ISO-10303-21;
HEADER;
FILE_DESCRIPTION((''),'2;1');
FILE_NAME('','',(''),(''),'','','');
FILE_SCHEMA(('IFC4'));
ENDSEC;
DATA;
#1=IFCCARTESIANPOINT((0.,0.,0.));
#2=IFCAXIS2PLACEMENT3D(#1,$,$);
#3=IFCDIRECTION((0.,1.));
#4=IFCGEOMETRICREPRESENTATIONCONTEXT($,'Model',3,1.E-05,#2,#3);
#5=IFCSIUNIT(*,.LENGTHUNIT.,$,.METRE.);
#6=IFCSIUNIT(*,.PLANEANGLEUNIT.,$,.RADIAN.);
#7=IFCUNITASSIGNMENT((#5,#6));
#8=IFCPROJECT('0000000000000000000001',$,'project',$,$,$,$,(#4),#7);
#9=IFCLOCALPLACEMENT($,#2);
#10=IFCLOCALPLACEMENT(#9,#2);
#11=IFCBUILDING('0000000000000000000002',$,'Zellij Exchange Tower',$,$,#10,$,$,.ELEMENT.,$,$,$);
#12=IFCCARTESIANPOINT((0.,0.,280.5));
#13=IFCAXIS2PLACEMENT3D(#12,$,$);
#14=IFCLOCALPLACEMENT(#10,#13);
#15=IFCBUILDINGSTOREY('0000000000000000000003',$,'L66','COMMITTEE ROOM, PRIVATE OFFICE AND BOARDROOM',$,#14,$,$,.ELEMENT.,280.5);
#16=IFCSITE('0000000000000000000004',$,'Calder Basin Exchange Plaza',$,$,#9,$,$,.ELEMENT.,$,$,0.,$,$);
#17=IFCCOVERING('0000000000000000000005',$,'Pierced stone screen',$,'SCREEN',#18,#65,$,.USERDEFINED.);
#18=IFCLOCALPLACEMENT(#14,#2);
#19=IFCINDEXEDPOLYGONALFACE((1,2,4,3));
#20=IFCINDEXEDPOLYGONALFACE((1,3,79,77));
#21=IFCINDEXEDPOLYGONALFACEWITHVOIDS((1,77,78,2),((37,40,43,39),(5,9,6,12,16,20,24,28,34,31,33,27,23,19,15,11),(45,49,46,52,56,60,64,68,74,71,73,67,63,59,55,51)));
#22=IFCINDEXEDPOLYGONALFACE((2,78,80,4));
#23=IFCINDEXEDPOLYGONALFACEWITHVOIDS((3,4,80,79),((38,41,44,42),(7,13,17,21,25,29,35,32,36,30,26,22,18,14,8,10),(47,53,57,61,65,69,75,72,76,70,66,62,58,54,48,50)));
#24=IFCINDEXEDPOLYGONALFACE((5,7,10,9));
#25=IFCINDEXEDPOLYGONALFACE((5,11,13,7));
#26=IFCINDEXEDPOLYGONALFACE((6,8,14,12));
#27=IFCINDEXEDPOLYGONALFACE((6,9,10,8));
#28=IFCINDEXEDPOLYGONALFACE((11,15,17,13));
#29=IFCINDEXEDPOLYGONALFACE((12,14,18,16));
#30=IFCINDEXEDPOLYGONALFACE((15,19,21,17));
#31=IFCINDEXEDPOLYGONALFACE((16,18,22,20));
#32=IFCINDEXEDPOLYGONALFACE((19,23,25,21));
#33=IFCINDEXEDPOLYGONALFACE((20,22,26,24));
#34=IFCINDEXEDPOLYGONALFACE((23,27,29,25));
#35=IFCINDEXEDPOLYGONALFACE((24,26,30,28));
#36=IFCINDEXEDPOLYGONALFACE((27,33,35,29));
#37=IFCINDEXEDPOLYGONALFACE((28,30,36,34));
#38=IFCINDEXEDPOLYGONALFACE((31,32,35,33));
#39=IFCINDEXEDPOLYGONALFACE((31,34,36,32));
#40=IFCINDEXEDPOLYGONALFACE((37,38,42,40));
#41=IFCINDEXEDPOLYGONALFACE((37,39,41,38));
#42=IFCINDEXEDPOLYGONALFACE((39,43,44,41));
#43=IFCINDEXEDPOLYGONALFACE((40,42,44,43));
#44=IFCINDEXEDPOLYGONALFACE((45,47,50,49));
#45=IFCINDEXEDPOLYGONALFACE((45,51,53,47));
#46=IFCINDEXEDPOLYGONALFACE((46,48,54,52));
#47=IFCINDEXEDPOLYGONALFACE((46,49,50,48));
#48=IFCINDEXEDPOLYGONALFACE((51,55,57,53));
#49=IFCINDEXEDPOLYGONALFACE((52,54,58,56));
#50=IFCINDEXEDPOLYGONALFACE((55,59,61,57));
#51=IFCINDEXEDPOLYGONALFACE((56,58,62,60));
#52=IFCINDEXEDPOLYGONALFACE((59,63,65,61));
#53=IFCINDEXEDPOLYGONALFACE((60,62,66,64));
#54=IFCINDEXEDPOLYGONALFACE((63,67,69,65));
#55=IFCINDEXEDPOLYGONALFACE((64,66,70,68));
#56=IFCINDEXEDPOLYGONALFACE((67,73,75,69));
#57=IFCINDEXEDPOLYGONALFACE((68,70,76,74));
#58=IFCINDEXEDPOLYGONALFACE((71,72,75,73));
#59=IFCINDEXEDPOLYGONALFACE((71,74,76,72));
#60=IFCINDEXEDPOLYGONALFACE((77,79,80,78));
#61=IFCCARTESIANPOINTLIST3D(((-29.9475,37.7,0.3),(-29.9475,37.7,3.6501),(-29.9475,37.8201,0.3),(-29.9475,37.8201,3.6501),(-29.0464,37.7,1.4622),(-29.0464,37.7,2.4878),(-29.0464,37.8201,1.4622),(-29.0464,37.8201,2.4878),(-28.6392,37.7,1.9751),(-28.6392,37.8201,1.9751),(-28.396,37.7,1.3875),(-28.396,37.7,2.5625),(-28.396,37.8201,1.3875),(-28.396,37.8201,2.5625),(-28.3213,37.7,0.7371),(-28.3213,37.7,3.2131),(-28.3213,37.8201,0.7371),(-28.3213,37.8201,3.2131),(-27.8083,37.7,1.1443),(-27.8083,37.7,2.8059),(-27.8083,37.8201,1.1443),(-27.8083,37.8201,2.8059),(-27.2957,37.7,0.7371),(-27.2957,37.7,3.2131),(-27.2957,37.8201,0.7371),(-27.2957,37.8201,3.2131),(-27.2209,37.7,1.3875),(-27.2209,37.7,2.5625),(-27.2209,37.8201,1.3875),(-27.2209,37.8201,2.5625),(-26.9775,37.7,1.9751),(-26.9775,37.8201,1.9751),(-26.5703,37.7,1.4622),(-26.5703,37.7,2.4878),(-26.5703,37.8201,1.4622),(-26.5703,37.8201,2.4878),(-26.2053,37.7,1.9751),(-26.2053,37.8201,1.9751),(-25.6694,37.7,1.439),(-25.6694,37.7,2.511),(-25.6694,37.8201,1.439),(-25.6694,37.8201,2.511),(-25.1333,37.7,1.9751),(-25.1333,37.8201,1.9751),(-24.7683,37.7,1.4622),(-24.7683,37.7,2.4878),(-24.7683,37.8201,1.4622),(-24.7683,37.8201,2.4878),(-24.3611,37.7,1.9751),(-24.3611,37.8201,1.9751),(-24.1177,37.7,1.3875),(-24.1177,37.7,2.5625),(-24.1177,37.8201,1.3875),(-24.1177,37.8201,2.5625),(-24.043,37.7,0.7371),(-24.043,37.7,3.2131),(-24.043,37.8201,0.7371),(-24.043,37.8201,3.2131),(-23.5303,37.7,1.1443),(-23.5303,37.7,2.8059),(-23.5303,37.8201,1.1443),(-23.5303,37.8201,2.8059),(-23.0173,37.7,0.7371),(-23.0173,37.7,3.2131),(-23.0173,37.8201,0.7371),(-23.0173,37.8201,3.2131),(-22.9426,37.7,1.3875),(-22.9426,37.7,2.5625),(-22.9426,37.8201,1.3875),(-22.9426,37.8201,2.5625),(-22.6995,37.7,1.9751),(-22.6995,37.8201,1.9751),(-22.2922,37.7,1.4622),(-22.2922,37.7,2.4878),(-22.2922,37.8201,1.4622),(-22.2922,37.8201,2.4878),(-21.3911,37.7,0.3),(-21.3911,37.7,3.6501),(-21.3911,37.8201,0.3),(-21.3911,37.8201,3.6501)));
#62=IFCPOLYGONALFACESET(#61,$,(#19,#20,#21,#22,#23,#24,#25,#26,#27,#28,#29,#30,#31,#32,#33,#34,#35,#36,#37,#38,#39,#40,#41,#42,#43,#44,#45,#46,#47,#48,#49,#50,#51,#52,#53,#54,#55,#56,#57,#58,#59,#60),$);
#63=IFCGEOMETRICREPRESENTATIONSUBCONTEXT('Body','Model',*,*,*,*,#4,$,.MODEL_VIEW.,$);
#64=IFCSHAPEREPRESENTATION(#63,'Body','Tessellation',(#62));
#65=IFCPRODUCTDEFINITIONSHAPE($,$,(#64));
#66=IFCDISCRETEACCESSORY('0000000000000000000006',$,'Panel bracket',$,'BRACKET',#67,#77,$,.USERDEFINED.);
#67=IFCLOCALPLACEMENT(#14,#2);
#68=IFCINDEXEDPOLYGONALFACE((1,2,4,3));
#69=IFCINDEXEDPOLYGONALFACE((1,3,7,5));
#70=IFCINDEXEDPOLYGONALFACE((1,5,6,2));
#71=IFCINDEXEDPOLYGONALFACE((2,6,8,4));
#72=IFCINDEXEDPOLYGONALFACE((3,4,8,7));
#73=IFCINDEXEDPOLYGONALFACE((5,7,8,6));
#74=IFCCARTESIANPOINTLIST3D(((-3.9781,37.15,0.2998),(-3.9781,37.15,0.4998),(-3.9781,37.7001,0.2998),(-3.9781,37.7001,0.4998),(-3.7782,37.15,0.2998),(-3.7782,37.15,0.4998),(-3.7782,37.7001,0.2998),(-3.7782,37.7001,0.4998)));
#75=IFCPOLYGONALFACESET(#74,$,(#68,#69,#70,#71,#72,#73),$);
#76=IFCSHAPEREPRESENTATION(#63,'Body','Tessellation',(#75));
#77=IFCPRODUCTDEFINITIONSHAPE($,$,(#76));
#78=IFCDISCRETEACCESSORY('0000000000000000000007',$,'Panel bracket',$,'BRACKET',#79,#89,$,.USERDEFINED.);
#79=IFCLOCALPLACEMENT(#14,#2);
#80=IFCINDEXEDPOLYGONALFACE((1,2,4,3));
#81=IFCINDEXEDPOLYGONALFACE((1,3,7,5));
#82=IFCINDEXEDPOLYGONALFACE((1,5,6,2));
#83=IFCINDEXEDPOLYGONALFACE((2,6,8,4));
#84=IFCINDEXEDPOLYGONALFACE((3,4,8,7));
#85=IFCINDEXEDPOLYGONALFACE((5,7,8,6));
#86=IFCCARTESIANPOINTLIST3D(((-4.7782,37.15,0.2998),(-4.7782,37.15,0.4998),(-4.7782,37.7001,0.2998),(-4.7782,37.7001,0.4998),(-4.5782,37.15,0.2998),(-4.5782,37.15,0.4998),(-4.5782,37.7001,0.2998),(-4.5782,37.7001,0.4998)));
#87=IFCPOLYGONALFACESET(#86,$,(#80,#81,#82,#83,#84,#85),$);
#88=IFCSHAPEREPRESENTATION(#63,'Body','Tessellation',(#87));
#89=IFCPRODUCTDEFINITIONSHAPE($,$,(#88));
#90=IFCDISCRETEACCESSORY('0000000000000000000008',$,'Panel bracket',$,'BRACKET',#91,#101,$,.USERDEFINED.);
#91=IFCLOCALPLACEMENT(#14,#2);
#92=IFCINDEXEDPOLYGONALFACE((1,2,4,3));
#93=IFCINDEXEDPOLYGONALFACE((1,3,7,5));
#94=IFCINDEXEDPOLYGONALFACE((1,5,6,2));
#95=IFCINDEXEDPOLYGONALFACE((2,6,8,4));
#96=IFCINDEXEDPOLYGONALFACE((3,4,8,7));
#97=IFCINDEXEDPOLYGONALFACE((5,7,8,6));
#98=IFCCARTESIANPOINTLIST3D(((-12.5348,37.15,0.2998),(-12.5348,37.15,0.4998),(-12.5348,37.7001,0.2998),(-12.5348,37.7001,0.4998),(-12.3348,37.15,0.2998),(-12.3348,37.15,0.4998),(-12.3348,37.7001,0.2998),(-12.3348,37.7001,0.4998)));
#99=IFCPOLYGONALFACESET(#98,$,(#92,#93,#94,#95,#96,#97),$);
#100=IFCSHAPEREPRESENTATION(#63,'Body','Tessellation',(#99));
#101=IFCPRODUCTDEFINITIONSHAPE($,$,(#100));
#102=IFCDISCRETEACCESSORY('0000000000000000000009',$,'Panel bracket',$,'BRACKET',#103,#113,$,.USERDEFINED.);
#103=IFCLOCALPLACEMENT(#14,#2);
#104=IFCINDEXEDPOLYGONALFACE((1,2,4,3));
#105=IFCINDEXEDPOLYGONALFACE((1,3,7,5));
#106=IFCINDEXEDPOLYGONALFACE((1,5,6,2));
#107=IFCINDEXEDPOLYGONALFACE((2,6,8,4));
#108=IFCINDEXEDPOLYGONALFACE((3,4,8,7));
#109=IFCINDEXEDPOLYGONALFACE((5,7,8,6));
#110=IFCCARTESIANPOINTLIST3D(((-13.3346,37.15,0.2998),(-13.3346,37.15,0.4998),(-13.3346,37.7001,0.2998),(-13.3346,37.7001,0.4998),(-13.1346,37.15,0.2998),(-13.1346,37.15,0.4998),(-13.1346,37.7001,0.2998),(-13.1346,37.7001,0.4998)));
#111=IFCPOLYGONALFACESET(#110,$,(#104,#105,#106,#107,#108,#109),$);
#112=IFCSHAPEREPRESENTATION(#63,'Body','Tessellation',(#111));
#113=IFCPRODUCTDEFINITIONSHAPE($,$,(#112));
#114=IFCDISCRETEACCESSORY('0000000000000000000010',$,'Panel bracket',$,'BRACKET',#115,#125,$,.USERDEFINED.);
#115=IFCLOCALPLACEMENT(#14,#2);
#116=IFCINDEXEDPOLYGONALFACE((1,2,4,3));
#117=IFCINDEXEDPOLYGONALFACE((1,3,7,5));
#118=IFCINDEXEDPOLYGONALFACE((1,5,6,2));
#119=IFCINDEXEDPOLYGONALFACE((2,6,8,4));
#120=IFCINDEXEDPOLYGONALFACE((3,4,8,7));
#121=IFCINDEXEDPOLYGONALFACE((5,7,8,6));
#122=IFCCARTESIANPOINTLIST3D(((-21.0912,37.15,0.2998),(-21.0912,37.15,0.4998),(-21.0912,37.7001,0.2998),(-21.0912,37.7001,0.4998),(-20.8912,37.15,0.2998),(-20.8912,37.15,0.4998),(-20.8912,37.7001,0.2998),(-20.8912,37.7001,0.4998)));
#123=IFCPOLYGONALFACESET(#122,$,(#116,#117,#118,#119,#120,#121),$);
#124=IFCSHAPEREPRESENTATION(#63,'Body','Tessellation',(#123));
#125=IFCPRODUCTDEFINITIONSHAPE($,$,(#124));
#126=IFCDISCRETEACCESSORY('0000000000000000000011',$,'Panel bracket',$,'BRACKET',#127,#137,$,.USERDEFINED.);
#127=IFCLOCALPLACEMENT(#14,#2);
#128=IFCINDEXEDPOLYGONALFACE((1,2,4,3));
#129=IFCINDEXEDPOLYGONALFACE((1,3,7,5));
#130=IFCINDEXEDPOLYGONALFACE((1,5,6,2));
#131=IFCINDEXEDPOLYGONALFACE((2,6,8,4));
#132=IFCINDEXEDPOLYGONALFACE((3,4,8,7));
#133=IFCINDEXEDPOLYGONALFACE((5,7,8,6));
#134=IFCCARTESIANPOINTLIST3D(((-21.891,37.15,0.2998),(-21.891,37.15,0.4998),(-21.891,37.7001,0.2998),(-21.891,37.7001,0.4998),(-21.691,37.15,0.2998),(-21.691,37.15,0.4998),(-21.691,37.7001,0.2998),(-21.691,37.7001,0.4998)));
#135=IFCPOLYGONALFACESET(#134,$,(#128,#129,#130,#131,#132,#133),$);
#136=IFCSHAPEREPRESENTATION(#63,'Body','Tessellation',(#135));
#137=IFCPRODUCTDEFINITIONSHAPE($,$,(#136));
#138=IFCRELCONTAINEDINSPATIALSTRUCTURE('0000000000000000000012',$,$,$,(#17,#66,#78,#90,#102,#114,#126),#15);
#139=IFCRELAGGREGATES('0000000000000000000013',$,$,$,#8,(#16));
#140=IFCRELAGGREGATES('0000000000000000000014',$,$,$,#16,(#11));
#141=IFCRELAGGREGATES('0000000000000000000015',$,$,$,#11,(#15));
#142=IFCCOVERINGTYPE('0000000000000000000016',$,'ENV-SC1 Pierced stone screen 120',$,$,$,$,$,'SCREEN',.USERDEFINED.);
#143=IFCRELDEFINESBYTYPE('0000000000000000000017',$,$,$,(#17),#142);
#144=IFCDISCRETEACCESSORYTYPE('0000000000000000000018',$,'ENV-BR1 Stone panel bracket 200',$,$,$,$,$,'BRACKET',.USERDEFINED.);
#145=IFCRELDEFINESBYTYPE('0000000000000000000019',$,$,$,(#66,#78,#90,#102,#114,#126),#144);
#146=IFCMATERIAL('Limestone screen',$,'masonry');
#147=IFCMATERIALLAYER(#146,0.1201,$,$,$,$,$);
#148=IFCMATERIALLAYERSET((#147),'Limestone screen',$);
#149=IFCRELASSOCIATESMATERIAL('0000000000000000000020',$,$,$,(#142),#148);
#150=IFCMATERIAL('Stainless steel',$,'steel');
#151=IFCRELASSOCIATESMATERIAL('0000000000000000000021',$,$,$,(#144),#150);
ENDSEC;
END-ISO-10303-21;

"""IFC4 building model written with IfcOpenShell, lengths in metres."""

from ifc_helpers import new_model, si_unit, direction, frame, origin, origin_2d, place, context, subcontext, project, spatial, polyline, rectangle, outline, extrude, material, layer, layer_set, type_object, element, save


model = new_model("IFC4")

# Units and contexts
model_context = context("Model", 3, precision=1e-05, world=origin(), true_north=direction((0.0, 1.0)))
body_context = subcontext(model_context, "Body", "Model", "MODEL_VIEW")
ifc_project = project(units=[si_unit("LENGTHUNIT", "METRE"), si_unit("PLANEANGLEUNIT", "RADIAN")], contexts=[model_context])

# Site, building, storey
site_placement = place(None, origin())
site = spatial("IfcSite", under=ifc_project, at=site_placement, Name="Calder Basin Exchange Plaza", CompositionType="ELEMENT", RefElevation=0.0)
building_placement = place(site_placement, origin())
building = spatial("IfcBuilding", under=site, at=building_placement, Name="Zellij Exchange Tower", CompositionType="ELEMENT")
storey_placement = place(building_placement, frame((0.0, 0.0, 280.5)))
storey = spatial("IfcBuildingStorey", under=building, at=storey_placement, Name="L66", Description="COMMITTEE ROOM, PRIVATE OFFICE AND BOARDROOM", CompositionType="ELEMENT", Elevation=280.5)

# Covering
ifc_material_1 = material(Name="Limestone screen", Category="masonry")
ifc_layer_1 = layer(ifc_material_1, 0.1201)
ifc_layer_set_1 = layer_set([ifc_layer_1], Name="Limestone screen")
covering_type = type_object("IfcCoveringType", Name="ENV-SC1 Pierced stone screen 120", ElementType="SCREEN", PredefinedType="USERDEFINED", material=ifc_layer_set_1)
for number, where, z_axis, x_axis, name in (
    (1, (-21.3911, 37.76, 0.3), (0.0, 0.0, 1.0), (-1.0, 0.0, 0.0), "Pierced stone screen"),
):
    element("IfcCovering", number, at=place(storey_placement, frame(where, z_axis=z_axis, x_axis=x_axis)), inside=storey, type_object=covering_type, Name=name, ObjectType="SCREEN", PredefinedType="USERDEFINED", context=body_context, shape_type="SweptSolid", body=[
        extrude(outline(polyline([(0.0, 0.0), (8.5564, 0.0), (8.5564, 3.3501), (0.0, 3.3501), (0.0, 0.0)]), holes=[polyline([(3.3772, 2.1877), (2.7266, 2.2625), (2.6519, 2.9131), (2.1392, 2.5059), (1.6262, 2.9131), (1.5515, 2.2625), (0.9011, 2.1877), (1.3083, 1.675), (0.9011, 1.1621), (1.5515, 1.0874), (1.6262, 0.437), (2.1392, 0.8442), (2.6519, 0.437), (2.7266, 1.0874), (3.3772, 1.1621), (2.97, 1.675), (3.3772, 2.1877)]), polyline([(7.6553, 2.1877), (7.0049, 2.2625), (6.9302, 2.9131), (6.4172, 2.5059), (5.9045, 2.9131), (5.8298, 2.2625), (5.1792, 2.1877), (5.5864, 1.675), (5.1792, 1.1621), (5.8298, 1.0874), (5.9045, 0.437), (6.4172, 0.8442), (6.9302, 0.437), (7.0049, 1.0874), (7.6553, 1.1621), (7.248, 1.675), (7.6553, 2.1877)]), polyline([(4.8142, 1.675), (4.2783, 2.2109), (3.7422, 1.675), (4.2783, 1.1389), (4.8142, 1.675)])]), frame((0.0, 0.0601, 0.0), z_axis=(0.0, -1.0, 0.0), x_axis=(1.0, 0.0, 0.0)), (0.0, 0.0, 1.0), 0.1201),
    ])

# Discrete accessories
ifc_material_2 = material(Name="Stainless steel", Category="steel")
discrete_accessory_type = type_object("IfcDiscreteAccessoryType", Name="ENV-BR1 Stone panel bracket 200", ElementType="BRACKET", PredefinedType="USERDEFINED", material=ifc_material_2)
for number, where, z_axis, x_axis, name in (
    (2, (-3.8782, 37.425, 0.2998), (0.0, 0.0, 1.0), (-1.0, 0.0, 0.0), "Panel bracket"),
    (3, (-4.6782, 37.425, 0.2998), (0.0, 0.0, 1.0), (-1.0, 0.0, 0.0), "Panel bracket"),
    (4, (-12.4348, 37.425, 0.2998), (0.0, 0.0, 1.0), (-1.0, 0.0, 0.0), "Panel bracket"),
    (5, (-13.2346, 37.425, 0.2998), (0.0, 0.0, 1.0), (-1.0, 0.0, 0.0), "Panel bracket"),
    (6, (-20.9912, 37.425, 0.2998), (0.0, 0.0, 1.0), (-1.0, 0.0, 0.0), "Panel bracket"),
    (7, (-21.791, 37.425, 0.2998), (0.0, 0.0, 1.0), (-1.0, 0.0, 0.0), "Panel bracket"),
):
    element("IfcDiscreteAccessory", number, at=place(storey_placement, frame(where, z_axis=z_axis, x_axis=x_axis)), inside=storey, type_object=discrete_accessory_type, Name=name, ObjectType="BRACKET", PredefinedType="USERDEFINED", context=body_context, shape_type="SweptSolid", body=[
        extrude(rectangle(XDim=0.2, YDim=0.55, at=origin_2d()), origin(), (0.0, 0.0, 1.0), 0.2),
    ])

save(model, "model.ifc")
